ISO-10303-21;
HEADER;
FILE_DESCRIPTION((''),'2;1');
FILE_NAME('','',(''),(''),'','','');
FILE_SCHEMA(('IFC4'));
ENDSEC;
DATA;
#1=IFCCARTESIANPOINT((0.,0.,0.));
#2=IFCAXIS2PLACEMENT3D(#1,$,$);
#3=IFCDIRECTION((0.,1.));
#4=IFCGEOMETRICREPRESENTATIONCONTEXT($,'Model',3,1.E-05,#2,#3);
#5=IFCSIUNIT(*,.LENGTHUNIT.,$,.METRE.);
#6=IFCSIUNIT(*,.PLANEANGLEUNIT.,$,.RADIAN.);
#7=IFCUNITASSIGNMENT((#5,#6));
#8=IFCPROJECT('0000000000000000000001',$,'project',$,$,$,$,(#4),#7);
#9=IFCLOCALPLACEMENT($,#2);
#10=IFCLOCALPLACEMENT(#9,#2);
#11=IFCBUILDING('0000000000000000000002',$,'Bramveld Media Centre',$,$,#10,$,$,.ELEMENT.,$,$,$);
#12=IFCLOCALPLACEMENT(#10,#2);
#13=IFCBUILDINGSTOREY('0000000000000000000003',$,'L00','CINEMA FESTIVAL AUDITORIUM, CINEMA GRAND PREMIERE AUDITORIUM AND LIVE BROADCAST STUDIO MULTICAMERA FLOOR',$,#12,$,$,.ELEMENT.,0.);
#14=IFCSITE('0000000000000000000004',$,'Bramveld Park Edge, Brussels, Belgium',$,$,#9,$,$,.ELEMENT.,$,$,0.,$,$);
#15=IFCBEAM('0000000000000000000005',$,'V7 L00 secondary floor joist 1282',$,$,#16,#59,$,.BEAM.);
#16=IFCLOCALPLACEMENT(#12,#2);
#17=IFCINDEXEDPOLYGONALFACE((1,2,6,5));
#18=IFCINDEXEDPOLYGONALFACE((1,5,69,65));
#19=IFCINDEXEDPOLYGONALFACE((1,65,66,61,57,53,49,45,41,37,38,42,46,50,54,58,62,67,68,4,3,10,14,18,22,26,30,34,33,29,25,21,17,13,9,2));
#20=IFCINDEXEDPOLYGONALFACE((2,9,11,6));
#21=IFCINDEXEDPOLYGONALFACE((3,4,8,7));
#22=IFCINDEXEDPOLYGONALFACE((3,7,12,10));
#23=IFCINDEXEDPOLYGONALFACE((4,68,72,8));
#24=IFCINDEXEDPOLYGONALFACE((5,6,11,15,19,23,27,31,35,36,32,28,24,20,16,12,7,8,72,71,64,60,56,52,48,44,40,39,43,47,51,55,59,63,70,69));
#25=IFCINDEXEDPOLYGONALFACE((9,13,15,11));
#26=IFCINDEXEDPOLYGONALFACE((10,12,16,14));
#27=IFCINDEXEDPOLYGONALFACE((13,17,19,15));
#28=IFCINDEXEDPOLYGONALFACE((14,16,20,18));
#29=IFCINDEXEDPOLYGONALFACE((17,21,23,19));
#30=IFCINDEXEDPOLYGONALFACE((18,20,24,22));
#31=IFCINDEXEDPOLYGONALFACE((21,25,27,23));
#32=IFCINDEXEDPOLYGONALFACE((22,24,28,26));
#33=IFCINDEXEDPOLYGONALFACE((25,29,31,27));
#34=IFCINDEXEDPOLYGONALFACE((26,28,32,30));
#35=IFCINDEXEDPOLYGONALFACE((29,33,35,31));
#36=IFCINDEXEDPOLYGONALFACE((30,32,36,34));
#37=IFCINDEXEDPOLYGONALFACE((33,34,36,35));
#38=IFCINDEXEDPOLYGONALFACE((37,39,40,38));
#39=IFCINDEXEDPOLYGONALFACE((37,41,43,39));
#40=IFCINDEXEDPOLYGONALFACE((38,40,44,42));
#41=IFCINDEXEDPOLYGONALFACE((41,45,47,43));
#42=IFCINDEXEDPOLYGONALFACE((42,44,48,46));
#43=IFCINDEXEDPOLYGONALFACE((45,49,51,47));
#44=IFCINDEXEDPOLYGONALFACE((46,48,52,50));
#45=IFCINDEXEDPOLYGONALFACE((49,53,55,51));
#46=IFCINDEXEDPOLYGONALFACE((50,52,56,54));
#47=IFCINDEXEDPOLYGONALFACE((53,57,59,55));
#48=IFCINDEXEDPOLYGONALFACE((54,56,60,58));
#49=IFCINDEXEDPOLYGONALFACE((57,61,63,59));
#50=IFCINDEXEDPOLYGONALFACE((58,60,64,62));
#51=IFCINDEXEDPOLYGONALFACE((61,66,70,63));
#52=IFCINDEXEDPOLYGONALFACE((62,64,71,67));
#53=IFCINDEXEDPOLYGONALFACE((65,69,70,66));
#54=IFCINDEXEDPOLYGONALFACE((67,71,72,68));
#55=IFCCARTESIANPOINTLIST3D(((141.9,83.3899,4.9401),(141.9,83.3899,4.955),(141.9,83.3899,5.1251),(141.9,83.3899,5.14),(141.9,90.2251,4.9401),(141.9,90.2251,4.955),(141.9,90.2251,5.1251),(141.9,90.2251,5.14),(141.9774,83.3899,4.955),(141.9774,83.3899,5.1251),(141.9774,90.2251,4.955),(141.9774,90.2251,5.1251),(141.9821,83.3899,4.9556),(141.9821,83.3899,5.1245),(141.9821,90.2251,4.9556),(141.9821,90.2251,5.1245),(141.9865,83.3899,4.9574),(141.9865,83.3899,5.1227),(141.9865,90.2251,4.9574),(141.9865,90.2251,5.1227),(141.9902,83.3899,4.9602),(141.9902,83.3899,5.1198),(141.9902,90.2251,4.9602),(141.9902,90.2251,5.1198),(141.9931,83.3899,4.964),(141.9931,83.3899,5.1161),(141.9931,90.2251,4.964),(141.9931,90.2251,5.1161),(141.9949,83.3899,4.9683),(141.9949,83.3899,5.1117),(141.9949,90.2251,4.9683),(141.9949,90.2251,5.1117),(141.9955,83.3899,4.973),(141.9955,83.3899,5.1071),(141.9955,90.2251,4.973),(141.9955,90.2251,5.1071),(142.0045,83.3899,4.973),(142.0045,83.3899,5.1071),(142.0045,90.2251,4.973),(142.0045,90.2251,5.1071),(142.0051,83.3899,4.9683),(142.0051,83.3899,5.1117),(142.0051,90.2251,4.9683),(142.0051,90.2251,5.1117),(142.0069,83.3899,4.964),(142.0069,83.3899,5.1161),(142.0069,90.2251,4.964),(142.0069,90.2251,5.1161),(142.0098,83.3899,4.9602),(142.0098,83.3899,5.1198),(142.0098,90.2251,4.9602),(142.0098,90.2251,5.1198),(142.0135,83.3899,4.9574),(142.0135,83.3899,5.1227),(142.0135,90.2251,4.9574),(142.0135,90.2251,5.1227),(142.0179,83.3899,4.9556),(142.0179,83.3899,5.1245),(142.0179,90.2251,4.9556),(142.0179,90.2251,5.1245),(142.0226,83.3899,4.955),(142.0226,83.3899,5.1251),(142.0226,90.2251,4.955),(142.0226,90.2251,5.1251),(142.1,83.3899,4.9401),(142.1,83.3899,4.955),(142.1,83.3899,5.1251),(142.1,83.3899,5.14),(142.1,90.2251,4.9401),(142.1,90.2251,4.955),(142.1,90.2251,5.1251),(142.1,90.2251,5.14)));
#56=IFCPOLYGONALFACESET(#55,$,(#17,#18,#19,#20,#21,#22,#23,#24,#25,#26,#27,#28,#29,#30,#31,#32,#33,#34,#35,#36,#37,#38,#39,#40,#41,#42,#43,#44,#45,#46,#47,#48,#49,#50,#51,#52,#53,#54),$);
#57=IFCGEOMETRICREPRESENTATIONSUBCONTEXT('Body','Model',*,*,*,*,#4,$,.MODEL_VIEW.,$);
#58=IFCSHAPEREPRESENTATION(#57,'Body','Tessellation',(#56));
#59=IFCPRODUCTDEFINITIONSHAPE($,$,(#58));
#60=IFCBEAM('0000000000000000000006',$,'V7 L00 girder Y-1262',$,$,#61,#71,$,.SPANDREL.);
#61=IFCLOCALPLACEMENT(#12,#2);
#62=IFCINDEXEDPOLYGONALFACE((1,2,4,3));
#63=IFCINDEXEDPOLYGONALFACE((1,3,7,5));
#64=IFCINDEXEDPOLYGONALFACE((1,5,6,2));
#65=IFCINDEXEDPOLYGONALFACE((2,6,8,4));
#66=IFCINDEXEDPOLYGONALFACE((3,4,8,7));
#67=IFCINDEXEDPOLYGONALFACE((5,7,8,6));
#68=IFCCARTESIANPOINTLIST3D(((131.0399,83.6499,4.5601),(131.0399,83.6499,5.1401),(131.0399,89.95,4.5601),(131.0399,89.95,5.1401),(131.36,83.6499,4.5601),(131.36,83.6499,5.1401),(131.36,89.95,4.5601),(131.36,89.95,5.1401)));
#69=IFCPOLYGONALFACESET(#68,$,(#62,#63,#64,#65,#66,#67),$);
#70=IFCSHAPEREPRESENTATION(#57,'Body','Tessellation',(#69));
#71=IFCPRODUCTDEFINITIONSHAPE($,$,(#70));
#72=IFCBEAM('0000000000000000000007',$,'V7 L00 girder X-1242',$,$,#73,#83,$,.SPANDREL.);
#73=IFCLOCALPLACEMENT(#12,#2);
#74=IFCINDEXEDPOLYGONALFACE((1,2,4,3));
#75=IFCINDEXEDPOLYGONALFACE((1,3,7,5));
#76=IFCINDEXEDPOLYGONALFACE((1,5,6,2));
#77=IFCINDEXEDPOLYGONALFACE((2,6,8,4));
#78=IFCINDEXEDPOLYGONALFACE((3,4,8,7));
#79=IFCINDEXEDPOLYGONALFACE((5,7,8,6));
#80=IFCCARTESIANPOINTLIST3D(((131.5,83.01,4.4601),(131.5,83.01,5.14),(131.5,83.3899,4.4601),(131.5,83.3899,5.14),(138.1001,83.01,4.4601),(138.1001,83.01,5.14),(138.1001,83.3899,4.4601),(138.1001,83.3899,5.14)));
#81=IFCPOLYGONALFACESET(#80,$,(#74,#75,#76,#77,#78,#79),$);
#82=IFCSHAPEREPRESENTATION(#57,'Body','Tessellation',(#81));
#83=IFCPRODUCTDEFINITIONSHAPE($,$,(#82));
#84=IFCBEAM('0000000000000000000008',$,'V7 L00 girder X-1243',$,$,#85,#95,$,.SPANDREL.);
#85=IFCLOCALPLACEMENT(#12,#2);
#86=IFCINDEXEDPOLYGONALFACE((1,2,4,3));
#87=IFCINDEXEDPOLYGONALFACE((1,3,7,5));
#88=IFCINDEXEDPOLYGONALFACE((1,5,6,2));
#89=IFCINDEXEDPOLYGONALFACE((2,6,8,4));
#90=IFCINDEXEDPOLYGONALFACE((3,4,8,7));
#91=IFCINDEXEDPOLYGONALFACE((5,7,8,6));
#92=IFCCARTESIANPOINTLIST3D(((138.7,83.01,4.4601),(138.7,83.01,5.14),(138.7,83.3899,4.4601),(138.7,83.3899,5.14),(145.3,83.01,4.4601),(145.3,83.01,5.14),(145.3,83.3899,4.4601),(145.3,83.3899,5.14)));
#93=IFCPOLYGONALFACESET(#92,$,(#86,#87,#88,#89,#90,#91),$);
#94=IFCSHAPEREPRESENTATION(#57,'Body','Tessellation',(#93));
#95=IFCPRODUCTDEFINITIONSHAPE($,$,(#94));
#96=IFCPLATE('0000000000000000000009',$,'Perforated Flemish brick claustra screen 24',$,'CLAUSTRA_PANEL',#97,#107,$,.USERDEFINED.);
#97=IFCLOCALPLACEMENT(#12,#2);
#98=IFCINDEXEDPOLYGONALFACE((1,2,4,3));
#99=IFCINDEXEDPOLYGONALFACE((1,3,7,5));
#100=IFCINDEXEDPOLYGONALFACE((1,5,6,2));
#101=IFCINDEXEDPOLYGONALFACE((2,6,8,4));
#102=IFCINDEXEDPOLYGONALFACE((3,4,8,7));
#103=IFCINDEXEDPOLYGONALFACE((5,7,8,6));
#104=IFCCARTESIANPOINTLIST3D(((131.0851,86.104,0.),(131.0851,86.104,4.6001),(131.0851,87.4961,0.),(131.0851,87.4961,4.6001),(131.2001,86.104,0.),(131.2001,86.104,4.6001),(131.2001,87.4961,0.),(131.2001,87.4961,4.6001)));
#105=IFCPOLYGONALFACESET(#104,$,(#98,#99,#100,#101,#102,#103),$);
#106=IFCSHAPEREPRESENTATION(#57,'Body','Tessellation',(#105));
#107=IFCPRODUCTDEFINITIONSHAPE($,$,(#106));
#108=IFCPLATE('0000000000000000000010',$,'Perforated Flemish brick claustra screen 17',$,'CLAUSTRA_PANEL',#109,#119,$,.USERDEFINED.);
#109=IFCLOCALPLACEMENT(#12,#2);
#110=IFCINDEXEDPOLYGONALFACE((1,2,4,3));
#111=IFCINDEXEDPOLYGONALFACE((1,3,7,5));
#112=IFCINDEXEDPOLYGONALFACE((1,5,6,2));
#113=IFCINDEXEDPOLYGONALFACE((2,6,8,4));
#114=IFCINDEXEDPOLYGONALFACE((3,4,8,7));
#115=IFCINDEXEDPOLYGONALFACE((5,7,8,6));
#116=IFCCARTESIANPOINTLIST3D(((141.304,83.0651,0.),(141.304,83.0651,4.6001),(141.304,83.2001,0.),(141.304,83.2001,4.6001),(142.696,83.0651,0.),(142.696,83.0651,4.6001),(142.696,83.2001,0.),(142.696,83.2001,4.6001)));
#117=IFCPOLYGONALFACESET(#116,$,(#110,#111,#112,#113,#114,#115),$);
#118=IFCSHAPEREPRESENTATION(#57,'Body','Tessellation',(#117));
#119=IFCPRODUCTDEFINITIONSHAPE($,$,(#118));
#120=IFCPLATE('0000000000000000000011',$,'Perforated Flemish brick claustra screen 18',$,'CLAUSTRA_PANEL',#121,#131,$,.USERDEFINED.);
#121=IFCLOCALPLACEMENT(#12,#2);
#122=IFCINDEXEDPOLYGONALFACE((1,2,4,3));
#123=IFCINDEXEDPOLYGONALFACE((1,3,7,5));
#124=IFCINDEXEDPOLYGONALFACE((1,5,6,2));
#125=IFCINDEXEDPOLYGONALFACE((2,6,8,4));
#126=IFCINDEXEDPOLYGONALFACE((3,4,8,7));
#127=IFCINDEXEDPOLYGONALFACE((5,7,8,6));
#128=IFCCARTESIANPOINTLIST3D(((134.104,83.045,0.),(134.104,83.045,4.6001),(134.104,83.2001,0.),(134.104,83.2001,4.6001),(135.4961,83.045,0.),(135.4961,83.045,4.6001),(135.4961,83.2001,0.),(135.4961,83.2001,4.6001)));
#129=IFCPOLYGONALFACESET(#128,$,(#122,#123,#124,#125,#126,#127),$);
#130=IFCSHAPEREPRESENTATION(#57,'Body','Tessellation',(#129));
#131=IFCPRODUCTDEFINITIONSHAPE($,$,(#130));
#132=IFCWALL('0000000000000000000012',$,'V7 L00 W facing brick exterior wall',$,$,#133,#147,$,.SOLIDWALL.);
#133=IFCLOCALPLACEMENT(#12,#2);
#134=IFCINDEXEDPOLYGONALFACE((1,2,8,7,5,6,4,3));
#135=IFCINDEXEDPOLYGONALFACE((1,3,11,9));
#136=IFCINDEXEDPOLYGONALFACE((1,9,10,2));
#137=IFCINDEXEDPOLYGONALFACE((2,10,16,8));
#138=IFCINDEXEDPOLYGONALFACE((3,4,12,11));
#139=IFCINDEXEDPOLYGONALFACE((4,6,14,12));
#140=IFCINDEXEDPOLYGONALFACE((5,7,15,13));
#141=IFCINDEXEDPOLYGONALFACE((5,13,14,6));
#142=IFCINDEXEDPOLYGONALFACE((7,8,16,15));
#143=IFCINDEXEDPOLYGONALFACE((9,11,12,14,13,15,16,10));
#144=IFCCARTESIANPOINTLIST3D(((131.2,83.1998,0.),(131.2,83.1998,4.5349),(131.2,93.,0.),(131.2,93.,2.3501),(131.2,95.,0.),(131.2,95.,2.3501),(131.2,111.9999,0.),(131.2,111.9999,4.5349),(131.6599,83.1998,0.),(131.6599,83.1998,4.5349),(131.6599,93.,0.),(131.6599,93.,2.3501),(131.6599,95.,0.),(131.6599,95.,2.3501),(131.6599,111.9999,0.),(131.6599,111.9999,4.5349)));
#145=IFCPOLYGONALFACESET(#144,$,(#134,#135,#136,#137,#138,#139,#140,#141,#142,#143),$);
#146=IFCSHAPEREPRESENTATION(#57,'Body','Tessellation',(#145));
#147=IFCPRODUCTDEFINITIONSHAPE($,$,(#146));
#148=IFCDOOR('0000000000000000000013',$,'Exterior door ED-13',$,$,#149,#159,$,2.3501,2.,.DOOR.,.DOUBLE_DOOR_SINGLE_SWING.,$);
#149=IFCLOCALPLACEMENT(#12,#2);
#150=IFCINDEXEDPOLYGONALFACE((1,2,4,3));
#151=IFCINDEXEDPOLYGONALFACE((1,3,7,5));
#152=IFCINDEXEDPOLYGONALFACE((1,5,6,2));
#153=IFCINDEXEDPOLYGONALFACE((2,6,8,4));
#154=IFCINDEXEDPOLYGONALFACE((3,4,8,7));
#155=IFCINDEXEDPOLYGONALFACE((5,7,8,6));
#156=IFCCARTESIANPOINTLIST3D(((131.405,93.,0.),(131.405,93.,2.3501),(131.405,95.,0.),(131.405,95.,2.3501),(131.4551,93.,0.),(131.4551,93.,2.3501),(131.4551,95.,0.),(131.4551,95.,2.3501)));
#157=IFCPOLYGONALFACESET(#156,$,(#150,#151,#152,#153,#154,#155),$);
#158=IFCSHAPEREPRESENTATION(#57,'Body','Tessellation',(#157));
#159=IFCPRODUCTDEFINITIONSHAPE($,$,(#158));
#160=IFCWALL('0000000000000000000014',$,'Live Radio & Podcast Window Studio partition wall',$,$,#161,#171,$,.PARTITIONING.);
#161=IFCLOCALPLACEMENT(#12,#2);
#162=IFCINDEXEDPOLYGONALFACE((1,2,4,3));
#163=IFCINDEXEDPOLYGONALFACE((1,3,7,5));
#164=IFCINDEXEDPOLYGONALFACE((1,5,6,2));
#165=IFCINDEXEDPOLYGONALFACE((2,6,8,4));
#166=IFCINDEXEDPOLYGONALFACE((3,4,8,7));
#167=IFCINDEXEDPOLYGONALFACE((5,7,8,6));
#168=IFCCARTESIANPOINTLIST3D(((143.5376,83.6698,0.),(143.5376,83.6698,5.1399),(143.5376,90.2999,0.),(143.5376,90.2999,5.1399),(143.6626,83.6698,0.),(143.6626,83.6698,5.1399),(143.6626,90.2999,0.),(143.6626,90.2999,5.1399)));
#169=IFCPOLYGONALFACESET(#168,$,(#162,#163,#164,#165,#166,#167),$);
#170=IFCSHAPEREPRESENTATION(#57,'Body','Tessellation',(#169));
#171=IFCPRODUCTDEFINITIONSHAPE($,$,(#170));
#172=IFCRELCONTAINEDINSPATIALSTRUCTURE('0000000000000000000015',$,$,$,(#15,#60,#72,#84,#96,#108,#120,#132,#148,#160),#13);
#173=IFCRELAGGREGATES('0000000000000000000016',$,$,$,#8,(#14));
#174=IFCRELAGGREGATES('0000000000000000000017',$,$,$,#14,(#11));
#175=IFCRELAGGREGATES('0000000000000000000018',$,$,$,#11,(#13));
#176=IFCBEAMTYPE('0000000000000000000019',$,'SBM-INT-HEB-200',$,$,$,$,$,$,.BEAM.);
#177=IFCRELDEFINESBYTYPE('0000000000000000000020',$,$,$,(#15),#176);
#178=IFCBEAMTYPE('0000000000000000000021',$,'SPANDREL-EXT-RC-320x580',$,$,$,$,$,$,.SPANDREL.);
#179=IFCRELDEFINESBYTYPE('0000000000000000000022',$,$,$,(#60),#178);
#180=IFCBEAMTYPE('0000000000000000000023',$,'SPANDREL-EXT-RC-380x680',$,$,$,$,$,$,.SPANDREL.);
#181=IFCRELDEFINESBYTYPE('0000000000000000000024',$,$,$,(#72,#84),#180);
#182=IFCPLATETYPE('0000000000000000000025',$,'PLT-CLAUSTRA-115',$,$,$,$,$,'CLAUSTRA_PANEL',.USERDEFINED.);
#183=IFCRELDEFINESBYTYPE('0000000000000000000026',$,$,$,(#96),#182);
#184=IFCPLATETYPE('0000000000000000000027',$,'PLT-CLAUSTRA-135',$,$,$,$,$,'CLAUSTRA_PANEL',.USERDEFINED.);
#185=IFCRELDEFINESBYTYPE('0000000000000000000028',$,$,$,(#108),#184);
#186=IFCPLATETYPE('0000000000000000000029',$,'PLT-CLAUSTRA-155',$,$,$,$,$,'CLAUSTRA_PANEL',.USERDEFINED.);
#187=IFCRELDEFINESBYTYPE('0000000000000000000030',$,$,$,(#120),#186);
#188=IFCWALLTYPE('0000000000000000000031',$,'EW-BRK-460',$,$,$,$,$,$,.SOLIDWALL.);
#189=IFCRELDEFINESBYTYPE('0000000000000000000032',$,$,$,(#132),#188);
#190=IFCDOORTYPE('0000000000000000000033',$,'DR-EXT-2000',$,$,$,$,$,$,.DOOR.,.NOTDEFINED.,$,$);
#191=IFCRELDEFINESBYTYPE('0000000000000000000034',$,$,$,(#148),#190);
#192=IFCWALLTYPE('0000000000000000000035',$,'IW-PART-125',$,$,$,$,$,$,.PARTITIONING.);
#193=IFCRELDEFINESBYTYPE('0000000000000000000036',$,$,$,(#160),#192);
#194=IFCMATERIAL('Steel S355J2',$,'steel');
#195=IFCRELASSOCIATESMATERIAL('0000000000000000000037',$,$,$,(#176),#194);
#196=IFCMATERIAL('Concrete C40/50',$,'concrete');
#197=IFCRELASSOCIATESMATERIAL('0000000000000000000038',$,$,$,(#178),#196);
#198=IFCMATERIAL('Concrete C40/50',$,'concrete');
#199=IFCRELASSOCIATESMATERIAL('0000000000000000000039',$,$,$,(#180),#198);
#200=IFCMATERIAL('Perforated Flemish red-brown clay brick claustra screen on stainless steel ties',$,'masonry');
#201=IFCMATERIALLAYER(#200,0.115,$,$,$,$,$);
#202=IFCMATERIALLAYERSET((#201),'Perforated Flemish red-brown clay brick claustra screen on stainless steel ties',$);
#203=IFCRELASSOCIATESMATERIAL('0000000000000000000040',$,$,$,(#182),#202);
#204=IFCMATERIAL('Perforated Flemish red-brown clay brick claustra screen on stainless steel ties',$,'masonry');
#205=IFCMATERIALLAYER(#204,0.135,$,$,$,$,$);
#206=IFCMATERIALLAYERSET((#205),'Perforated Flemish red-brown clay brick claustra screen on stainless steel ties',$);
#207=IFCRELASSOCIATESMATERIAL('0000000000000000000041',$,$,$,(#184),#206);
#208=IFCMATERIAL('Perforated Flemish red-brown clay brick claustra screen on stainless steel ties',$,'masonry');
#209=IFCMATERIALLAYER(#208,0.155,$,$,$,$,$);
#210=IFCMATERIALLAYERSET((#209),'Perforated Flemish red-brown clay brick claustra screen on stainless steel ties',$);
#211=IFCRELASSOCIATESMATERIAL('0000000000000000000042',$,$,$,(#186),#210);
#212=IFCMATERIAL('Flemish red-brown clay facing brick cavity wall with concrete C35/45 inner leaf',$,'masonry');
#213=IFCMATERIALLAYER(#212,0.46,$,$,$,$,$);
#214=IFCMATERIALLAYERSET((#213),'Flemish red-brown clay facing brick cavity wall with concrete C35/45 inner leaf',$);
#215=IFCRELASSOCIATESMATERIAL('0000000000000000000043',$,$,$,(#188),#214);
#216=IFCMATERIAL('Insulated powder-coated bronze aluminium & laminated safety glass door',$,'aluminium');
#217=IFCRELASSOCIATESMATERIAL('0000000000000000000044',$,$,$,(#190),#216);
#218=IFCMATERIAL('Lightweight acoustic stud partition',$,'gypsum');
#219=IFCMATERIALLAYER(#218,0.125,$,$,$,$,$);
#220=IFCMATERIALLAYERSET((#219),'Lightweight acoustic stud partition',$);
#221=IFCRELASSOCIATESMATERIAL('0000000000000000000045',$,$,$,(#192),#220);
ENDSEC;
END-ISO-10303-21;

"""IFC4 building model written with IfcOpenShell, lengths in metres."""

from ifc_helpers import new_model, si_unit, direction, frame, frame_2d, origin, origin_2d, place, context, subcontext, project, spatial, rectangle, i_section, extrude, material, layer, layer_set, material_profile, profile_set, type_object, element, fill, save


model = new_model("IFC4")

# Units and contexts
model_context = context("Model", 3, precision=1e-05, world=origin(), true_north=direction((0.0, 1.0)))
body_context = subcontext(model_context, "Body", "Model", "MODEL_VIEW")
ifc_project = project(units=[si_unit("LENGTHUNIT", "METRE"), si_unit("PLANEANGLEUNIT", "RADIAN")], contexts=[model_context])

# Site, building, storey
site_placement = place(None, origin())
site = spatial("IfcSite", under=ifc_project, at=site_placement, Name="Bramveld Park Edge, Brussels, Belgium", CompositionType="ELEMENT", RefElevation=0.0)
building_placement = place(site_placement, origin())
building = spatial("IfcBuilding", under=site, at=building_placement, Name="Bramveld Media Centre", CompositionType="ELEMENT")
storey_placement = place(building_placement, origin())
storey = spatial("IfcBuildingStorey", under=building, at=storey_placement, Name="L00", Description="CINEMA FESTIVAL AUDITORIUM, CINEMA GRAND PREMIERE AUDITORIUM AND LIVE BROADCAST STUDIO MULTICAMERA FLOOR", CompositionType="ELEMENT", Elevation=0.0)

# Beams
ifc_material_1 = material(Name="Steel S355J2", Category="steel")
ifc_material_profile_1 = material_profile(ifc_material_1, i_section(OverallWidth=0.2, OverallDepth=0.2, WebThickness=0.009, FlangeThickness=0.0149, FilletRadius=0.0181, at=origin_2d()), Name="HEB 200")
ifc_profile_set_1 = profile_set([ifc_material_profile_1], Name="Steel S355J2")
beam_type_1 = type_object("IfcBeamType", Name="SBM-INT-HEB-200", PredefinedType="BEAM", material=ifc_profile_set_1)
beam_1_placement = place(storey_placement, frame((142.0, 83.3899, 5.04), z_axis=(0.0, 1.0, 0.0), x_axis=(-1.0, 0.0, 0.0)))
element("IfcBeam", 1, at=beam_1_placement, inside=storey, type_object=beam_type_1, Name="V7 L00 secondary floor joist 1282", PredefinedType="BEAM", context=body_context, shape_type="SweptSolid", body=[
    extrude(i_section(OverallWidth=0.2, OverallDepth=0.2, WebThickness=0.009, FlangeThickness=0.0149, FilletRadius=0.0181, at=origin_2d()), origin(), (0.0, 0.0, 1.0), 6.8352),
])
ifc_material_2 = material(Name="Concrete C40/50", Category="concrete")
ifc_material_profile_2 = material_profile(ifc_material_2, rectangle(XDim=0.3201, YDim=0.5801, at=origin_2d()), Name="RC 320x580")
ifc_profile_set_2 = profile_set([ifc_material_profile_2], Name="Concrete C40/50")
beam_type_2 = type_object("IfcBeamType", Name="SPANDREL-EXT-RC-320x580", PredefinedType="SPANDREL", material=ifc_profile_set_2)
beam_2_placement = place(storey_placement, frame((131.2, 83.6499, 4.8501), z_axis=(0.0, 1.0, 0.0), x_axis=(-1.0, 0.0, 0.0)))
element("IfcBeam", 2, at=beam_2_placement, inside=storey, type_object=beam_type_2, Name="V7 L00 girder Y-1262", PredefinedType="SPANDREL", context=body_context, shape_type="SweptSolid", body=[
    extrude(rectangle(XDim=0.3201, YDim=0.5801, at=origin_2d()), origin(), (0.0, 0.0, 1.0), 6.3),
])
ifc_material_3 = material(Name="Concrete C40/50", Category="concrete")
ifc_material_profile_3 = material_profile(ifc_material_3, rectangle(XDim=0.3799, YDim=0.6799, at=origin_2d()), Name="RC 380x680")
ifc_profile_set_3 = profile_set([ifc_material_profile_3], Name="Concrete C40/50")
beam_type_3 = type_object("IfcBeamType", Name="SPANDREL-EXT-RC-380x680", PredefinedType="SPANDREL", material=ifc_profile_set_3)
for number, where, z_axis, x_axis, name in (
    (3, (131.5, 83.2, 4.8), (1.0, 0.0, 0.0), (0.0, 1.0, 0.0), "V7 L00 girder X-1242"),
    (4, (138.7, 83.2, 4.8), (1.0, 0.0, 0.0), (0.0, 1.0, 0.0), "V7 L00 girder X-1243"),
):
    element("IfcBeam", number, at=place(storey_placement, frame(where, z_axis=z_axis, x_axis=x_axis)), inside=storey, type_object=beam_type_3, Name=name, PredefinedType="SPANDREL", context=body_context, shape_type="SweptSolid", body=[
        extrude(rectangle(XDim=0.3799, YDim=0.6799, at=origin_2d()), origin(), (0.0, 0.0, 1.0), 6.6001),
    ])

# Plates
ifc_material_4 = material(Name="Perforated Flemish red-brown clay brick claustra screen on stainless steel ties", Category="masonry")
ifc_layer_1 = layer(ifc_material_4, 0.115)
ifc_layer_set_1 = layer_set([ifc_layer_1], Name="Perforated Flemish red-brown clay brick claustra screen on stainless steel ties")
plate_type_1 = type_object("IfcPlateType", Name="PLT-CLAUSTRA-115", ElementType="CLAUSTRA_PANEL", PredefinedType="USERDEFINED", material=ifc_layer_set_1)
plate_1_placement = place(storey_placement, frame((131.1426, 86.8, 0.0), z_axis=(0.0, 0.0, 1.0), x_axis=(0.0, 1.0, 0.0)))
element("IfcPlate", 5, at=plate_1_placement, inside=storey, type_object=plate_type_1, Name="Perforated Flemish brick claustra screen 24", ObjectType="CLAUSTRA_PANEL", PredefinedType="USERDEFINED", context=body_context, shape_type="SweptSolid", body=[
    extrude(rectangle(XDim=1.3921, YDim=0.115, at=origin_2d()), origin(), (0.0, 0.0, 1.0), 4.6001),
])
ifc_material_5 = material(Name="Perforated Flemish red-brown clay brick claustra screen on stainless steel ties", Category="masonry")
ifc_layer_2 = layer(ifc_material_5, 0.135)
ifc_layer_set_2 = layer_set([ifc_layer_2], Name="Perforated Flemish red-brown clay brick claustra screen on stainless steel ties")
plate_type_2 = type_object("IfcPlateType", Name="PLT-CLAUSTRA-135", ElementType="CLAUSTRA_PANEL", PredefinedType="USERDEFINED", material=ifc_layer_set_2)
plate_2_placement = place(storey_placement, frame((142.0, 83.1326, 0.0), z_axis=(0.0, 0.0, 1.0), x_axis=(1.0, 0.0, 0.0)))
element("IfcPlate", 6, at=plate_2_placement, inside=storey, type_object=plate_type_2, Name="Perforated Flemish brick claustra screen 17", ObjectType="CLAUSTRA_PANEL", PredefinedType="USERDEFINED", context=body_context, shape_type="SweptSolid", body=[
    extrude(rectangle(XDim=1.3921, YDim=0.135, at=origin_2d()), origin(), (0.0, 0.0, 1.0), 4.6001),
])
ifc_material_6 = material(Name="Perforated Flemish red-brown clay brick claustra screen on stainless steel ties", Category="masonry")
ifc_layer_3 = layer(ifc_material_6, 0.155)
ifc_layer_set_3 = layer_set([ifc_layer_3], Name="Perforated Flemish red-brown clay brick claustra screen on stainless steel ties")
plate_type_3 = type_object("IfcPlateType", Name="PLT-CLAUSTRA-155", ElementType="CLAUSTRA_PANEL", PredefinedType="USERDEFINED", material=ifc_layer_set_3)
plate_3_placement = place(storey_placement, frame((134.8, 83.1226, 0.0), z_axis=(0.0, 0.0, 1.0), x_axis=(1.0, 0.0, 0.0)))
element("IfcPlate", 7, at=plate_3_placement, inside=storey, type_object=plate_type_3, Name="Perforated Flemish brick claustra screen 18", ObjectType="CLAUSTRA_PANEL", PredefinedType="USERDEFINED", context=body_context, shape_type="SweptSolid", body=[
    extrude(rectangle(XDim=1.3921, YDim=0.155, at=origin_2d()), origin(), (0.0, 0.0, 1.0), 4.6001),
])

# Wall, opening, door
ifc_material_7 = material(Name="Flemish red-brown clay facing brick cavity wall with concrete C35/45 inner leaf", Category="masonry")
ifc_layer_4 = layer(ifc_material_7, 0.46)
ifc_layer_set_4 = layer_set([ifc_layer_4], Name="Flemish red-brown clay facing brick cavity wall with concrete C35/45 inner leaf")
wall_type_1 = type_object("IfcWallType", Name="EW-BRK-460", PredefinedType="SOLIDWALL", material=ifc_layer_set_4)
wall_1_placement = place(storey_placement, frame((131.4299, 83.2, 0.0), z_axis=(0.0, 0.0, 1.0), x_axis=(0.0, 1.0, 0.0)))
wall_1 = element("IfcWall", 8, at=wall_1_placement, inside=storey, type_object=wall_type_1, Name="V7 L00 W facing brick exterior wall", PredefinedType="SOLIDWALL", context=body_context, shape_type="SweptSolid", body=[
    extrude(rectangle(XDim=28.8, YDim=0.46, at=frame_2d((14.3999, 0.0))), origin(), (0.0, 0.0, 1.0), 4.5349),
])
opening_placement = place(wall_1_placement, frame((9.8, 0.0, 0.0)))
opening = element("IfcOpeningElement", 9, at=opening_placement, cuts=wall_1, PredefinedType="OPENING", context=body_context, shape_type="SweptSolid", body=[
    extrude(rectangle(XDim=2.0, YDim=2.3501, at=frame_2d((1.0, 1.175))), frame((0.0, 0.2419, 0.0), z_axis=(0.0, -1.0, 0.0), x_axis=(1.0, 0.0, 0.0)), (0.0, 0.0, 1.0), 0.4839),
])
ifc_material_8 = material(Name="Insulated powder-coated bronze aluminium & laminated safety glass door", Category="aluminium")
door_type = type_object("IfcDoorType", Name="DR-EXT-2000", OperationType="NOTDEFINED", PredefinedType="DOOR", material=ifc_material_8)
door_placement = place(opening_placement, origin())
door = element("IfcDoor", 10, at=door_placement, inside=storey, type_object=door_type, Name="Exterior door ED-13", OperationType="DOUBLE_DOOR_SINGLE_SWING", OverallHeight=2.3501, OverallWidth=2.0, PredefinedType="DOOR", context=body_context, shape_type="SweptSolid", body=[
    extrude(rectangle(XDim=2.0, YDim=2.3501, at=frame_2d((1.0, 1.175))), frame((0.0, 0.0249, 0.0), z_axis=(0.0, -1.0, 0.0), x_axis=(1.0, 0.0, 0.0)), (0.0, 0.0, 1.0), 0.05),
])
fill(opening, door)

# Wall
ifc_material_9 = material(Name="Lightweight acoustic stud partition", Category="gypsum")
ifc_layer_5 = layer(ifc_material_9, 0.125)
ifc_layer_set_5 = layer_set([ifc_layer_5], Name="Lightweight acoustic stud partition")
wall_type_2 = type_object("IfcWallType", Name="IW-PART-125", PredefinedType="PARTITIONING", material=ifc_layer_set_5)
wall_2_placement = place(storey_placement, frame((143.6001, 83.6699, 0.0), z_axis=(0.0, 0.0, 1.0), x_axis=(0.0, 1.0, 0.0)))
element("IfcWall", 11, at=wall_2_placement, inside=storey, type_object=wall_type_2, Name="Live Radio & Podcast Window Studio partition wall", PredefinedType="PARTITIONING", context=body_context, shape_type="SweptSolid", body=[
    extrude(rectangle(XDim=6.6301, YDim=0.125, at=frame_2d((3.3149, 0.0))), origin(), (0.0, 0.0, 1.0), 5.1399),
])

save(model, "model.ifc")
